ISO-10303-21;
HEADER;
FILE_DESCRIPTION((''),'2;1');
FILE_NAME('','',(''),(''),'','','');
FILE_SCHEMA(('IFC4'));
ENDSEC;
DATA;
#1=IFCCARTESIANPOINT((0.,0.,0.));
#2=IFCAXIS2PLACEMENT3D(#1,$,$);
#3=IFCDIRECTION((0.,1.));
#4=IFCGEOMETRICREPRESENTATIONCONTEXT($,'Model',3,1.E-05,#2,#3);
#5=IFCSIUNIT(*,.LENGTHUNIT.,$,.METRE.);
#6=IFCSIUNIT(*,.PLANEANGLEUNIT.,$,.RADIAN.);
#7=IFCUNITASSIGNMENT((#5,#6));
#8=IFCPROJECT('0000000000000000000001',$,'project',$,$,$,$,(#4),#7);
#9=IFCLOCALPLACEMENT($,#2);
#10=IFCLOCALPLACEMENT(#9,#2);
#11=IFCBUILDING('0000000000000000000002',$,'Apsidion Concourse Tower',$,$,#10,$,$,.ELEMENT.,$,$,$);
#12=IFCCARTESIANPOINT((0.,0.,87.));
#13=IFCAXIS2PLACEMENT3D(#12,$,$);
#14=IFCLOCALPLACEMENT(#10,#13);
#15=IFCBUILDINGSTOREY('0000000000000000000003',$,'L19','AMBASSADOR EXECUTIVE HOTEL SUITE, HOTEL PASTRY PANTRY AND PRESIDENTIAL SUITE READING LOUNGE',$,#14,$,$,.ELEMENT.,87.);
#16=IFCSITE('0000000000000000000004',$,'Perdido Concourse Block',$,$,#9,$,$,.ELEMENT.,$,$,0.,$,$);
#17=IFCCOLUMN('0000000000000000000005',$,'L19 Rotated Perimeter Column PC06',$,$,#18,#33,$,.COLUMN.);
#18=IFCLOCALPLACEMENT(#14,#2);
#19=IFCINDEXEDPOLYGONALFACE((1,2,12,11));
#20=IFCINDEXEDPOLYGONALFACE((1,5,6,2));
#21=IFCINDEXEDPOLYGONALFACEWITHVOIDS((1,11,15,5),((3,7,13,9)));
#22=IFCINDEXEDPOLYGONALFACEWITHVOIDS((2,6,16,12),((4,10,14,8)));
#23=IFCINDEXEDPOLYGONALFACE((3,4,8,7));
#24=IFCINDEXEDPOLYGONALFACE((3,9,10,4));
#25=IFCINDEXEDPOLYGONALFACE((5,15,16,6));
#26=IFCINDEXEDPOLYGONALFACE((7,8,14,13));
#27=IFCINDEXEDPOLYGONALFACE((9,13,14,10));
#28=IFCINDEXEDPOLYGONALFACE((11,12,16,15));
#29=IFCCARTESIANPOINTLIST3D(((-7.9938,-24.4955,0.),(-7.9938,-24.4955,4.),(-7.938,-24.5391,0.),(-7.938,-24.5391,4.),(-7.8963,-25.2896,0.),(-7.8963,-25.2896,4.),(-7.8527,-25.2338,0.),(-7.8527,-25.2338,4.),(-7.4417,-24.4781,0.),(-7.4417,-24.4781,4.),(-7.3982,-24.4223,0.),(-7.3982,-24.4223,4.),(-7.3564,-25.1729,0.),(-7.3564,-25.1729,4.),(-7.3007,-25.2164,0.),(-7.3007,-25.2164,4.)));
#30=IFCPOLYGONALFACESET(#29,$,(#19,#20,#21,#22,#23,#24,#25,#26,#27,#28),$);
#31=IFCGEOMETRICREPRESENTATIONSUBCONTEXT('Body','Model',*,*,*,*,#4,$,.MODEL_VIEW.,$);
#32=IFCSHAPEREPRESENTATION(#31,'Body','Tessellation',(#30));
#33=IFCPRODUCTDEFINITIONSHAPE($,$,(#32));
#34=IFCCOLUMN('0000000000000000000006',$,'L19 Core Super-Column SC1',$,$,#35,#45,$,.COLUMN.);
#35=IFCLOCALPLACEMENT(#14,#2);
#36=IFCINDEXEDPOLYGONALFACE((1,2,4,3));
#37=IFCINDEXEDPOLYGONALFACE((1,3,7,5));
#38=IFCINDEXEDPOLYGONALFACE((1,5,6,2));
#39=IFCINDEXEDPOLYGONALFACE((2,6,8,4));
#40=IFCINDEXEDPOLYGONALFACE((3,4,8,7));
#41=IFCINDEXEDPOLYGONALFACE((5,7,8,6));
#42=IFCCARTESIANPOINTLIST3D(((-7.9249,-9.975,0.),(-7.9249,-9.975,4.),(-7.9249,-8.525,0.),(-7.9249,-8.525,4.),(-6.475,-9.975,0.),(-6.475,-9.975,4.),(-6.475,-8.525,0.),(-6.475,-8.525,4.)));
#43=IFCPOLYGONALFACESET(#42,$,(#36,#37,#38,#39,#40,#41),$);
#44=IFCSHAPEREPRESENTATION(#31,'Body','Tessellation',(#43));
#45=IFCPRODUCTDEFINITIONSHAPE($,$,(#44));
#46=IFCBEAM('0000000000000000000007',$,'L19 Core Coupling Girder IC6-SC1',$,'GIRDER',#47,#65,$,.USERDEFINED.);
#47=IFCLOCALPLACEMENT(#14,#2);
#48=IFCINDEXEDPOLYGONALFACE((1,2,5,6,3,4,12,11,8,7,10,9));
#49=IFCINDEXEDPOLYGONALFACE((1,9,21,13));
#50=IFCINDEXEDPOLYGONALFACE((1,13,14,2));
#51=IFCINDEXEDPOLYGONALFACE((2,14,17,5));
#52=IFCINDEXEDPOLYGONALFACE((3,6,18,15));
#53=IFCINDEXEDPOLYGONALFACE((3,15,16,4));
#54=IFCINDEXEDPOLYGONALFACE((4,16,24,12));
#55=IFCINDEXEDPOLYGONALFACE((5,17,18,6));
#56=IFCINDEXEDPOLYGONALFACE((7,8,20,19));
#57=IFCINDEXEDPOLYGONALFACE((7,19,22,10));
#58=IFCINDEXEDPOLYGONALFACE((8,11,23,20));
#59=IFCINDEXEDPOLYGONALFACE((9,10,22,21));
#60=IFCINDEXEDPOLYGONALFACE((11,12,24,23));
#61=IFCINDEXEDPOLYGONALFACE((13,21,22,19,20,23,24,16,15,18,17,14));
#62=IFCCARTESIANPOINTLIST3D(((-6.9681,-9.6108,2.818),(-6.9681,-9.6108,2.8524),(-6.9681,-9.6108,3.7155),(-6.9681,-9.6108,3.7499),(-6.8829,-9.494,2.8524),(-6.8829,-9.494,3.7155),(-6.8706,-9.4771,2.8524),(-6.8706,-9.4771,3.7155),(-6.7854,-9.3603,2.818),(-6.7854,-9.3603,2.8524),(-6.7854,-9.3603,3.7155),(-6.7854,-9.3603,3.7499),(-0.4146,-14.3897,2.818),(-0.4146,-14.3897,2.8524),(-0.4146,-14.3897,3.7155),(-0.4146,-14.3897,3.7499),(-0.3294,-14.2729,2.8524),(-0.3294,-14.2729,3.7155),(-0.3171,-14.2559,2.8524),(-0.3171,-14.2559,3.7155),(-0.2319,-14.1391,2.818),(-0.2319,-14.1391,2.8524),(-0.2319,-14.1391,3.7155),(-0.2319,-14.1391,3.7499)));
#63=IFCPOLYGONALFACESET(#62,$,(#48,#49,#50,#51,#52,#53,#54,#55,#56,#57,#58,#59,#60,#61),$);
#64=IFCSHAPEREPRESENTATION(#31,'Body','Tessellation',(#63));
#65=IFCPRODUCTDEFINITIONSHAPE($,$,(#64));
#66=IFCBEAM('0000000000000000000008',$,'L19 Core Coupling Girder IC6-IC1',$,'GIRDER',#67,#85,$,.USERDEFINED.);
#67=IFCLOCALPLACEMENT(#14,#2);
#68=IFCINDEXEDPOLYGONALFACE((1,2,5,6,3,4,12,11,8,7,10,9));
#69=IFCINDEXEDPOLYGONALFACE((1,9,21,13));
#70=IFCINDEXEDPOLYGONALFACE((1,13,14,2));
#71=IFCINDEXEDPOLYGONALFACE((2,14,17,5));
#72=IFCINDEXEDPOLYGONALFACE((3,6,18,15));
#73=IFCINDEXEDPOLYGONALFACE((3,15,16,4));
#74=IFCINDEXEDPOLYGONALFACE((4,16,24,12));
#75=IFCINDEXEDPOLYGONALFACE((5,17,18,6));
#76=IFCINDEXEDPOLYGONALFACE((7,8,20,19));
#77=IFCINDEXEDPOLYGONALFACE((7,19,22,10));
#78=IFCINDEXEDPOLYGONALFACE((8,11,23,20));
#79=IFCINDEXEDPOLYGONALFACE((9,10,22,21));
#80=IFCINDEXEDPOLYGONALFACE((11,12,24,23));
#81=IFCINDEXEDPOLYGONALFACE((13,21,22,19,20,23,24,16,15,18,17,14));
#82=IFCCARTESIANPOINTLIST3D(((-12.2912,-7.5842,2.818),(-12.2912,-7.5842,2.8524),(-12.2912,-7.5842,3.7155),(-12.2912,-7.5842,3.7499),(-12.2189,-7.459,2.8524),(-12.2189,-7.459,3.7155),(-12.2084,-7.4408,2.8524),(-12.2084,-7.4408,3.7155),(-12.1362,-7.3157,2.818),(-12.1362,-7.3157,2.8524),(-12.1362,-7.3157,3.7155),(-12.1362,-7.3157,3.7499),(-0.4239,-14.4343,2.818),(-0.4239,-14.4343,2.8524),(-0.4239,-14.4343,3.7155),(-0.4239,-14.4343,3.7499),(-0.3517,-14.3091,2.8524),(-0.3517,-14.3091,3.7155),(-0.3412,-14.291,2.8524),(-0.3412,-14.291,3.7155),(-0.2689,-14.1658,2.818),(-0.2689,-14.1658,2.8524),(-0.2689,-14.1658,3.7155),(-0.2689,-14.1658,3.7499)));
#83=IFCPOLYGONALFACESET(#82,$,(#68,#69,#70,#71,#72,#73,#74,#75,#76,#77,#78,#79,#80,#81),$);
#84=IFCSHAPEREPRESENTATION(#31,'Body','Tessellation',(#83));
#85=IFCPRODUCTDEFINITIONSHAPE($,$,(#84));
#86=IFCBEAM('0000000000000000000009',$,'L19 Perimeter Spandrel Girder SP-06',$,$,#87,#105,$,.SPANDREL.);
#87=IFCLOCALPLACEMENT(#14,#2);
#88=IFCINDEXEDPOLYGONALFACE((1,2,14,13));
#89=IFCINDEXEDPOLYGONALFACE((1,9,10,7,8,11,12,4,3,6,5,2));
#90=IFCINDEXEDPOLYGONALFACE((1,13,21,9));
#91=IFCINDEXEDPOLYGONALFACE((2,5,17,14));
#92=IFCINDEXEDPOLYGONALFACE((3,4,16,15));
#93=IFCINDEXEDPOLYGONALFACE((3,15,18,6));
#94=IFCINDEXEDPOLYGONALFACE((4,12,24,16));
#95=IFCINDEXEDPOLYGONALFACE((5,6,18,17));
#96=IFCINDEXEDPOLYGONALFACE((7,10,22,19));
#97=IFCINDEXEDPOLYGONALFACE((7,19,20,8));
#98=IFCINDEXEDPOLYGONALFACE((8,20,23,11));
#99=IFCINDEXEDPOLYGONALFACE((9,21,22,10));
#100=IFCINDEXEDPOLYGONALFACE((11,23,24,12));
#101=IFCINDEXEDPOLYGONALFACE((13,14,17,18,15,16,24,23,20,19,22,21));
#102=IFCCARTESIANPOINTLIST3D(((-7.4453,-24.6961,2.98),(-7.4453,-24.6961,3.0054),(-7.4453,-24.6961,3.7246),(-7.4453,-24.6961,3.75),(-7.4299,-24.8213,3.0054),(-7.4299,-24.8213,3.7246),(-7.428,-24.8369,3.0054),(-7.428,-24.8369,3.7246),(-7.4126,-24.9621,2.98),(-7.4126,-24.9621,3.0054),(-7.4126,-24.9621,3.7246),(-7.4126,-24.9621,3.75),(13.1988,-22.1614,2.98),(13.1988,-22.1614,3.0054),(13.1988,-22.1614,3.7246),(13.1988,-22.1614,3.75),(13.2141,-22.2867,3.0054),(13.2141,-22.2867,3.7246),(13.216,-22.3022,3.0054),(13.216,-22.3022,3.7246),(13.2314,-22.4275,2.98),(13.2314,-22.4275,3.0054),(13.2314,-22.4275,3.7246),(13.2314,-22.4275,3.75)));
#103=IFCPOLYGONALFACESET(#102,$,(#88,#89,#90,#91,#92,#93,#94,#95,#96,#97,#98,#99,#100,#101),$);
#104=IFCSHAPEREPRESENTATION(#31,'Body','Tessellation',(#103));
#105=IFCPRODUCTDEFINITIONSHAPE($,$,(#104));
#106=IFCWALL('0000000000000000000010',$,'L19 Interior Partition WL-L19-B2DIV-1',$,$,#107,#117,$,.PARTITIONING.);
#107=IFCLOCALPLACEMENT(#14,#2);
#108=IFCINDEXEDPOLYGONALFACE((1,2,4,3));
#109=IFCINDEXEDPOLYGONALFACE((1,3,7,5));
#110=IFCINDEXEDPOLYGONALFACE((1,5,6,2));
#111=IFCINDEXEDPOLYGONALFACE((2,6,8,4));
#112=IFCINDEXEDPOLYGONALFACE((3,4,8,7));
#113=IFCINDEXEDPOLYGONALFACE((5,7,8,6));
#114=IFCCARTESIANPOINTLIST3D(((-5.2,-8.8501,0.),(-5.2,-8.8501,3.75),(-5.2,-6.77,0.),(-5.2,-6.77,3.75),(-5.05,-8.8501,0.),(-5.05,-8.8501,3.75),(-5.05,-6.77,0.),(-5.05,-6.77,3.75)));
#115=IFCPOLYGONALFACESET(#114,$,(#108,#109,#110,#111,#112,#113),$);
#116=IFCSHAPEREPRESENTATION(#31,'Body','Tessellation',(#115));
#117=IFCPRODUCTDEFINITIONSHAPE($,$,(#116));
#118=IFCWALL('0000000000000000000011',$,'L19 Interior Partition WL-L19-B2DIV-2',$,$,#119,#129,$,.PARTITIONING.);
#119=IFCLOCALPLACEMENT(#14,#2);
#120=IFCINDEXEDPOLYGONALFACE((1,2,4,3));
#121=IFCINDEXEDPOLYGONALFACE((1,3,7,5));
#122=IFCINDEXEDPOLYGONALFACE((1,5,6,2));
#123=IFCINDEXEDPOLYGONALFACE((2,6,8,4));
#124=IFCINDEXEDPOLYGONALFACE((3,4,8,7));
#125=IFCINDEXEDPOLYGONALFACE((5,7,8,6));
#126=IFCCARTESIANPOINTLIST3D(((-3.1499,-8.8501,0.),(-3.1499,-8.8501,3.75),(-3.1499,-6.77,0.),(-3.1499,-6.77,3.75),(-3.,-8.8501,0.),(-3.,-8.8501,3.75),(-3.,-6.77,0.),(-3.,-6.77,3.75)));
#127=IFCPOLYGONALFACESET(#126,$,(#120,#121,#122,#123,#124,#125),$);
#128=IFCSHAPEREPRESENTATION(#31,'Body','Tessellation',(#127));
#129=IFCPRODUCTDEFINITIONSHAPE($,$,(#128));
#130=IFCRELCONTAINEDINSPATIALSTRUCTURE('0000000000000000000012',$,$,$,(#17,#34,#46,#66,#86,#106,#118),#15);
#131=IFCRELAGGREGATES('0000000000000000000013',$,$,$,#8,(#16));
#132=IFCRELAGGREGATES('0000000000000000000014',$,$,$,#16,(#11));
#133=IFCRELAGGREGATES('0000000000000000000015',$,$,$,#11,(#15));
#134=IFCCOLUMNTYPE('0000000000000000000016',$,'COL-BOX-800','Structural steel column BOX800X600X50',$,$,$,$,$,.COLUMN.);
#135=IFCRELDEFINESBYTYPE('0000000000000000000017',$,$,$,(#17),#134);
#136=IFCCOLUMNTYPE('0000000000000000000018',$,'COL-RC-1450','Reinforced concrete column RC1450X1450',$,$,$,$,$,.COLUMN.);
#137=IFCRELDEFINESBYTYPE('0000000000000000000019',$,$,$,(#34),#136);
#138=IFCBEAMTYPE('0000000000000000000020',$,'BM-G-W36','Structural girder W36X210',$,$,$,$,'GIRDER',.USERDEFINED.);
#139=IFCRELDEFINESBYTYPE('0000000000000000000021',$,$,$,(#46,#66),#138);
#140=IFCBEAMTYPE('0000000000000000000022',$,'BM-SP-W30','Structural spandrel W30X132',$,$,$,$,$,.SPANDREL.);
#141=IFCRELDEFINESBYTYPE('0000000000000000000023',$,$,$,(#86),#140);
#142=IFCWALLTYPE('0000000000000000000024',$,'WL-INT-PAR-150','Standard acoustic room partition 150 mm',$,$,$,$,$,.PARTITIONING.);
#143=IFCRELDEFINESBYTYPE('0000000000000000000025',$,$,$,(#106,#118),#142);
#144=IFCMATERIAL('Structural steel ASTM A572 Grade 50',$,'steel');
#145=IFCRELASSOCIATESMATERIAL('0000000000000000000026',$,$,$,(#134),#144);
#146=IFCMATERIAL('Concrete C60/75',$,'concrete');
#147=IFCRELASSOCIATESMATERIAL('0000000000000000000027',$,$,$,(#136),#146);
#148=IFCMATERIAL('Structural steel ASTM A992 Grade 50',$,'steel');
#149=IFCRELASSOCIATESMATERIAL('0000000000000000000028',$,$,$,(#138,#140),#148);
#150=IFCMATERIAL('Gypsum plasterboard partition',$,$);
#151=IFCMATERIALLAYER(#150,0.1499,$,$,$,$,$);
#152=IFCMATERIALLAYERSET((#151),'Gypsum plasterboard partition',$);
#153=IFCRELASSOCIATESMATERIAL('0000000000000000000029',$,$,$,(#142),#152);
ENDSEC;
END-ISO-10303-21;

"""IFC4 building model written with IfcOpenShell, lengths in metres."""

from ifc_helpers import new_model, si_unit, direction, frame, frame_2d, origin, origin_2d, place, context, subcontext, project, spatial, rectangle, hollow_rectangle, i_section, extrude, material, layer, layer_set, material_profile, profile_set, type_object, element, save


model = new_model("IFC4")

# Units and contexts
model_context = context("Model", 3, precision=1e-05, world=origin(), true_north=direction((0.0, 1.0)))
body_context = subcontext(model_context, "Body", "Model", "MODEL_VIEW")
ifc_project = project(units=[si_unit("LENGTHUNIT", "METRE"), si_unit("PLANEANGLEUNIT", "RADIAN")], contexts=[model_context])

# Site, building, storey
site_placement = place(None, origin())
site = spatial("IfcSite", under=ifc_project, at=site_placement, Name="Perdido Concourse Block", CompositionType="ELEMENT", RefElevation=0.0)
building_placement = place(site_placement, origin())
building = spatial("IfcBuilding", under=site, at=building_placement, Name="Apsidion Concourse Tower", CompositionType="ELEMENT")
storey_placement = place(building_placement, frame((0.0, 0.0, 87.0)))
storey = spatial("IfcBuildingStorey", under=building, at=storey_placement, Name="L19", Description="AMBASSADOR EXECUTIVE HOTEL SUITE, HOTEL PASTRY PANTRY AND PRESIDENTIAL SUITE READING LOUNGE", CompositionType="ELEMENT", Elevation=87.0)

# Columns
ifc_material_1 = material(Name="Structural steel ASTM A572 Grade 50", Category="steel")
ifc_material_profile_1 = material_profile(ifc_material_1, hollow_rectangle(XDim=0.6001, YDim=0.8, WallThickness=0.05, at=origin_2d()), Name="BOX800X600X50")
ifc_profile_set_1 = profile_set([ifc_material_profile_1], Name="Structural steel ASTM A572 Grade 50")
column_type_1 = type_object("IfcColumnType", Name="COL-BOX-800", Description="Structural steel column BOX800X600X50", PredefinedType="COLUMN", material=ifc_profile_set_1)
column_1_placement = place(storey_placement, frame((-7.6472, -24.856, 0.0), z_axis=(0.0, 0.0, 1.0), x_axis=(0.992546, 0.121869, 0.0)))
element("IfcColumn", 1, at=column_1_placement, inside=storey, type_object=column_type_1, Name="L19 Rotated Perimeter Column PC06", PredefinedType="COLUMN", context=body_context, shape_type="SweptSolid", body=[
    extrude(hollow_rectangle(XDim=0.6001, YDim=0.8, WallThickness=0.05, at=origin_2d()), origin(), (0.0, 0.0, 1.0), 4.0),
])
ifc_material_2 = material(Name="Concrete C60/75", Category="concrete")
ifc_material_profile_2 = material_profile(ifc_material_2, rectangle(XDim=1.45, YDim=1.45, at=origin_2d()), Name="RC 1450x1450")
ifc_profile_set_2 = profile_set([ifc_material_profile_2], Name="Concrete C60/75")
column_type_2 = type_object("IfcColumnType", Name="COL-RC-1450", Description="Reinforced concrete column RC1450X1450", PredefinedType="COLUMN", material=ifc_profile_set_2)
column_2_placement = place(storey_placement, frame((-7.2, -9.25, 0.0), z_axis=(0.0, 0.0, 1.0), x_axis=(1.0, 0.0, 0.0)))
element("IfcColumn", 2, at=column_2_placement, inside=storey, type_object=column_type_2, Name="L19 Core Super-Column SC1", PredefinedType="COLUMN", context=body_context, shape_type="SweptSolid", body=[
    extrude(rectangle(XDim=1.45, YDim=1.45, at=origin_2d()), origin(), (0.0, 0.0, 1.0), 4.0),
])

# Beams
ifc_material_3 = material(Name="Structural steel ASTM A992 Grade 50", Category="steel")
ifc_material_profile_3 = material_profile(ifc_material_3, i_section(OverallWidth=0.3101, OverallDepth=0.9319, WebThickness=0.021, FlangeThickness=0.0344, at=origin_2d()), Name="W36X210")
ifc_profile_set_3 = profile_set([ifc_material_profile_3], Name="Structural steel ASTM A992 Grade 50")
beam_type_1 = type_object("IfcBeamType", Name="BM-G-W36", Description="Structural girder W36X210", ElementType="GIRDER", PredefinedType="USERDEFINED", material=ifc_profile_set_3)
beam_1_placement = place(storey_placement, frame((-0.3232, -14.2644, 3.2839), z_axis=(-0.807993, 0.589191, 0.0), x_axis=(-0.589191, -0.807993, 0.0)))
element("IfcBeam", 3, at=beam_1_placement, inside=storey, type_object=beam_type_1, Name="L19 Core Coupling Girder IC6-SC1", ObjectType="GIRDER", PredefinedType="USERDEFINED", context=body_context, shape_type="SweptSolid", body=[
    extrude(i_section(OverallWidth=0.3101, OverallDepth=0.9319, WebThickness=0.021, FlangeThickness=0.0344, at=origin_2d()), origin(), (0.0, 0.0, 1.0), 8.1108),
])
beam_2_placement = place(storey_placement, frame((-0.3464, -14.3, 3.2839), z_axis=(-0.86607, 0.499922, 0.0), x_axis=(-0.499922, -0.86607, 0.0)))
element("IfcBeam", 4, at=beam_2_placement, inside=storey, type_object=beam_type_1, Name="L19 Core Coupling Girder IC6-IC1", ObjectType="GIRDER", PredefinedType="USERDEFINED", context=body_context, shape_type="SweptSolid", body=[
    extrude(i_section(OverallWidth=0.3101, OverallDepth=0.9319, WebThickness=0.021, FlangeThickness=0.0344, at=origin_2d()), origin(), (0.0, 0.0, 1.0), 13.7024),
])
ifc_material_profile_4 = material_profile(ifc_material_3, i_section(OverallWidth=0.2681, OverallDepth=0.77, WebThickness=0.0156, FlangeThickness=0.0254, at=origin_2d()), Name="W30X132")
ifc_profile_set_4 = profile_set([ifc_material_profile_4], Name="Structural steel ASTM A992 Grade 50")
beam_type_2 = type_object("IfcBeamType", Name="BM-SP-W30", Description="Structural spandrel W30X132", PredefinedType="SPANDREL", material=ifc_profile_set_4)
beam_3_placement = place(storey_placement, frame((-7.429, -24.8291, 3.365), z_axis=(0.992547, 0.121865, 0.0), x_axis=(-0.121865, 0.992547, 0.0)))
element("IfcBeam", 5, at=beam_3_placement, inside=storey, type_object=beam_type_2, Name="L19 Perimeter Spandrel Girder SP-06", PredefinedType="SPANDREL", context=body_context, shape_type="SweptSolid", body=[
    extrude(i_section(OverallWidth=0.2681, OverallDepth=0.77, WebThickness=0.0156, FlangeThickness=0.0254, at=origin_2d()), origin(), (0.0, 0.0, 1.0), 20.7991),
])

# Walls
ifc_material_4 = material(Name="Gypsum plasterboard partition")
ifc_layer_1 = layer(ifc_material_4, 0.1499)
ifc_layer_set_1 = layer_set([ifc_layer_1], Name="Gypsum plasterboard partition")
wall_type_1 = type_object("IfcWallType", Name="WL-INT-PAR-150", Description="Standard acoustic room partition 150 mm", PredefinedType="PARTITIONING", material=ifc_layer_set_1)
for number, where, z_axis, x_axis, name in (
    (6, (-5.125, -8.8501, 0.0), (0.0, 0.0, 1.0), (0.0, 1.0, 0.0), "L19 Interior Partition WL-L19-B2DIV-1"),
    (7, (-3.075, -8.8501, 0.0), (0.0, 0.0, 1.0), (0.0, 1.0, 0.0), "L19 Interior Partition WL-L19-B2DIV-2"),
):
    element("IfcWall", number, at=place(storey_placement, frame(where, z_axis=z_axis, x_axis=x_axis)), inside=storey, type_object=wall_type_1, Name=name, PredefinedType="PARTITIONING", context=body_context, shape_type="SweptSolid", body=[
        extrude(rectangle(XDim=2.0801, YDim=0.1499, at=frame_2d((1.04, 0.0))), origin(), (0.0, 0.0, 1.0), 3.75),
    ])

save(model, "model.ifc")
